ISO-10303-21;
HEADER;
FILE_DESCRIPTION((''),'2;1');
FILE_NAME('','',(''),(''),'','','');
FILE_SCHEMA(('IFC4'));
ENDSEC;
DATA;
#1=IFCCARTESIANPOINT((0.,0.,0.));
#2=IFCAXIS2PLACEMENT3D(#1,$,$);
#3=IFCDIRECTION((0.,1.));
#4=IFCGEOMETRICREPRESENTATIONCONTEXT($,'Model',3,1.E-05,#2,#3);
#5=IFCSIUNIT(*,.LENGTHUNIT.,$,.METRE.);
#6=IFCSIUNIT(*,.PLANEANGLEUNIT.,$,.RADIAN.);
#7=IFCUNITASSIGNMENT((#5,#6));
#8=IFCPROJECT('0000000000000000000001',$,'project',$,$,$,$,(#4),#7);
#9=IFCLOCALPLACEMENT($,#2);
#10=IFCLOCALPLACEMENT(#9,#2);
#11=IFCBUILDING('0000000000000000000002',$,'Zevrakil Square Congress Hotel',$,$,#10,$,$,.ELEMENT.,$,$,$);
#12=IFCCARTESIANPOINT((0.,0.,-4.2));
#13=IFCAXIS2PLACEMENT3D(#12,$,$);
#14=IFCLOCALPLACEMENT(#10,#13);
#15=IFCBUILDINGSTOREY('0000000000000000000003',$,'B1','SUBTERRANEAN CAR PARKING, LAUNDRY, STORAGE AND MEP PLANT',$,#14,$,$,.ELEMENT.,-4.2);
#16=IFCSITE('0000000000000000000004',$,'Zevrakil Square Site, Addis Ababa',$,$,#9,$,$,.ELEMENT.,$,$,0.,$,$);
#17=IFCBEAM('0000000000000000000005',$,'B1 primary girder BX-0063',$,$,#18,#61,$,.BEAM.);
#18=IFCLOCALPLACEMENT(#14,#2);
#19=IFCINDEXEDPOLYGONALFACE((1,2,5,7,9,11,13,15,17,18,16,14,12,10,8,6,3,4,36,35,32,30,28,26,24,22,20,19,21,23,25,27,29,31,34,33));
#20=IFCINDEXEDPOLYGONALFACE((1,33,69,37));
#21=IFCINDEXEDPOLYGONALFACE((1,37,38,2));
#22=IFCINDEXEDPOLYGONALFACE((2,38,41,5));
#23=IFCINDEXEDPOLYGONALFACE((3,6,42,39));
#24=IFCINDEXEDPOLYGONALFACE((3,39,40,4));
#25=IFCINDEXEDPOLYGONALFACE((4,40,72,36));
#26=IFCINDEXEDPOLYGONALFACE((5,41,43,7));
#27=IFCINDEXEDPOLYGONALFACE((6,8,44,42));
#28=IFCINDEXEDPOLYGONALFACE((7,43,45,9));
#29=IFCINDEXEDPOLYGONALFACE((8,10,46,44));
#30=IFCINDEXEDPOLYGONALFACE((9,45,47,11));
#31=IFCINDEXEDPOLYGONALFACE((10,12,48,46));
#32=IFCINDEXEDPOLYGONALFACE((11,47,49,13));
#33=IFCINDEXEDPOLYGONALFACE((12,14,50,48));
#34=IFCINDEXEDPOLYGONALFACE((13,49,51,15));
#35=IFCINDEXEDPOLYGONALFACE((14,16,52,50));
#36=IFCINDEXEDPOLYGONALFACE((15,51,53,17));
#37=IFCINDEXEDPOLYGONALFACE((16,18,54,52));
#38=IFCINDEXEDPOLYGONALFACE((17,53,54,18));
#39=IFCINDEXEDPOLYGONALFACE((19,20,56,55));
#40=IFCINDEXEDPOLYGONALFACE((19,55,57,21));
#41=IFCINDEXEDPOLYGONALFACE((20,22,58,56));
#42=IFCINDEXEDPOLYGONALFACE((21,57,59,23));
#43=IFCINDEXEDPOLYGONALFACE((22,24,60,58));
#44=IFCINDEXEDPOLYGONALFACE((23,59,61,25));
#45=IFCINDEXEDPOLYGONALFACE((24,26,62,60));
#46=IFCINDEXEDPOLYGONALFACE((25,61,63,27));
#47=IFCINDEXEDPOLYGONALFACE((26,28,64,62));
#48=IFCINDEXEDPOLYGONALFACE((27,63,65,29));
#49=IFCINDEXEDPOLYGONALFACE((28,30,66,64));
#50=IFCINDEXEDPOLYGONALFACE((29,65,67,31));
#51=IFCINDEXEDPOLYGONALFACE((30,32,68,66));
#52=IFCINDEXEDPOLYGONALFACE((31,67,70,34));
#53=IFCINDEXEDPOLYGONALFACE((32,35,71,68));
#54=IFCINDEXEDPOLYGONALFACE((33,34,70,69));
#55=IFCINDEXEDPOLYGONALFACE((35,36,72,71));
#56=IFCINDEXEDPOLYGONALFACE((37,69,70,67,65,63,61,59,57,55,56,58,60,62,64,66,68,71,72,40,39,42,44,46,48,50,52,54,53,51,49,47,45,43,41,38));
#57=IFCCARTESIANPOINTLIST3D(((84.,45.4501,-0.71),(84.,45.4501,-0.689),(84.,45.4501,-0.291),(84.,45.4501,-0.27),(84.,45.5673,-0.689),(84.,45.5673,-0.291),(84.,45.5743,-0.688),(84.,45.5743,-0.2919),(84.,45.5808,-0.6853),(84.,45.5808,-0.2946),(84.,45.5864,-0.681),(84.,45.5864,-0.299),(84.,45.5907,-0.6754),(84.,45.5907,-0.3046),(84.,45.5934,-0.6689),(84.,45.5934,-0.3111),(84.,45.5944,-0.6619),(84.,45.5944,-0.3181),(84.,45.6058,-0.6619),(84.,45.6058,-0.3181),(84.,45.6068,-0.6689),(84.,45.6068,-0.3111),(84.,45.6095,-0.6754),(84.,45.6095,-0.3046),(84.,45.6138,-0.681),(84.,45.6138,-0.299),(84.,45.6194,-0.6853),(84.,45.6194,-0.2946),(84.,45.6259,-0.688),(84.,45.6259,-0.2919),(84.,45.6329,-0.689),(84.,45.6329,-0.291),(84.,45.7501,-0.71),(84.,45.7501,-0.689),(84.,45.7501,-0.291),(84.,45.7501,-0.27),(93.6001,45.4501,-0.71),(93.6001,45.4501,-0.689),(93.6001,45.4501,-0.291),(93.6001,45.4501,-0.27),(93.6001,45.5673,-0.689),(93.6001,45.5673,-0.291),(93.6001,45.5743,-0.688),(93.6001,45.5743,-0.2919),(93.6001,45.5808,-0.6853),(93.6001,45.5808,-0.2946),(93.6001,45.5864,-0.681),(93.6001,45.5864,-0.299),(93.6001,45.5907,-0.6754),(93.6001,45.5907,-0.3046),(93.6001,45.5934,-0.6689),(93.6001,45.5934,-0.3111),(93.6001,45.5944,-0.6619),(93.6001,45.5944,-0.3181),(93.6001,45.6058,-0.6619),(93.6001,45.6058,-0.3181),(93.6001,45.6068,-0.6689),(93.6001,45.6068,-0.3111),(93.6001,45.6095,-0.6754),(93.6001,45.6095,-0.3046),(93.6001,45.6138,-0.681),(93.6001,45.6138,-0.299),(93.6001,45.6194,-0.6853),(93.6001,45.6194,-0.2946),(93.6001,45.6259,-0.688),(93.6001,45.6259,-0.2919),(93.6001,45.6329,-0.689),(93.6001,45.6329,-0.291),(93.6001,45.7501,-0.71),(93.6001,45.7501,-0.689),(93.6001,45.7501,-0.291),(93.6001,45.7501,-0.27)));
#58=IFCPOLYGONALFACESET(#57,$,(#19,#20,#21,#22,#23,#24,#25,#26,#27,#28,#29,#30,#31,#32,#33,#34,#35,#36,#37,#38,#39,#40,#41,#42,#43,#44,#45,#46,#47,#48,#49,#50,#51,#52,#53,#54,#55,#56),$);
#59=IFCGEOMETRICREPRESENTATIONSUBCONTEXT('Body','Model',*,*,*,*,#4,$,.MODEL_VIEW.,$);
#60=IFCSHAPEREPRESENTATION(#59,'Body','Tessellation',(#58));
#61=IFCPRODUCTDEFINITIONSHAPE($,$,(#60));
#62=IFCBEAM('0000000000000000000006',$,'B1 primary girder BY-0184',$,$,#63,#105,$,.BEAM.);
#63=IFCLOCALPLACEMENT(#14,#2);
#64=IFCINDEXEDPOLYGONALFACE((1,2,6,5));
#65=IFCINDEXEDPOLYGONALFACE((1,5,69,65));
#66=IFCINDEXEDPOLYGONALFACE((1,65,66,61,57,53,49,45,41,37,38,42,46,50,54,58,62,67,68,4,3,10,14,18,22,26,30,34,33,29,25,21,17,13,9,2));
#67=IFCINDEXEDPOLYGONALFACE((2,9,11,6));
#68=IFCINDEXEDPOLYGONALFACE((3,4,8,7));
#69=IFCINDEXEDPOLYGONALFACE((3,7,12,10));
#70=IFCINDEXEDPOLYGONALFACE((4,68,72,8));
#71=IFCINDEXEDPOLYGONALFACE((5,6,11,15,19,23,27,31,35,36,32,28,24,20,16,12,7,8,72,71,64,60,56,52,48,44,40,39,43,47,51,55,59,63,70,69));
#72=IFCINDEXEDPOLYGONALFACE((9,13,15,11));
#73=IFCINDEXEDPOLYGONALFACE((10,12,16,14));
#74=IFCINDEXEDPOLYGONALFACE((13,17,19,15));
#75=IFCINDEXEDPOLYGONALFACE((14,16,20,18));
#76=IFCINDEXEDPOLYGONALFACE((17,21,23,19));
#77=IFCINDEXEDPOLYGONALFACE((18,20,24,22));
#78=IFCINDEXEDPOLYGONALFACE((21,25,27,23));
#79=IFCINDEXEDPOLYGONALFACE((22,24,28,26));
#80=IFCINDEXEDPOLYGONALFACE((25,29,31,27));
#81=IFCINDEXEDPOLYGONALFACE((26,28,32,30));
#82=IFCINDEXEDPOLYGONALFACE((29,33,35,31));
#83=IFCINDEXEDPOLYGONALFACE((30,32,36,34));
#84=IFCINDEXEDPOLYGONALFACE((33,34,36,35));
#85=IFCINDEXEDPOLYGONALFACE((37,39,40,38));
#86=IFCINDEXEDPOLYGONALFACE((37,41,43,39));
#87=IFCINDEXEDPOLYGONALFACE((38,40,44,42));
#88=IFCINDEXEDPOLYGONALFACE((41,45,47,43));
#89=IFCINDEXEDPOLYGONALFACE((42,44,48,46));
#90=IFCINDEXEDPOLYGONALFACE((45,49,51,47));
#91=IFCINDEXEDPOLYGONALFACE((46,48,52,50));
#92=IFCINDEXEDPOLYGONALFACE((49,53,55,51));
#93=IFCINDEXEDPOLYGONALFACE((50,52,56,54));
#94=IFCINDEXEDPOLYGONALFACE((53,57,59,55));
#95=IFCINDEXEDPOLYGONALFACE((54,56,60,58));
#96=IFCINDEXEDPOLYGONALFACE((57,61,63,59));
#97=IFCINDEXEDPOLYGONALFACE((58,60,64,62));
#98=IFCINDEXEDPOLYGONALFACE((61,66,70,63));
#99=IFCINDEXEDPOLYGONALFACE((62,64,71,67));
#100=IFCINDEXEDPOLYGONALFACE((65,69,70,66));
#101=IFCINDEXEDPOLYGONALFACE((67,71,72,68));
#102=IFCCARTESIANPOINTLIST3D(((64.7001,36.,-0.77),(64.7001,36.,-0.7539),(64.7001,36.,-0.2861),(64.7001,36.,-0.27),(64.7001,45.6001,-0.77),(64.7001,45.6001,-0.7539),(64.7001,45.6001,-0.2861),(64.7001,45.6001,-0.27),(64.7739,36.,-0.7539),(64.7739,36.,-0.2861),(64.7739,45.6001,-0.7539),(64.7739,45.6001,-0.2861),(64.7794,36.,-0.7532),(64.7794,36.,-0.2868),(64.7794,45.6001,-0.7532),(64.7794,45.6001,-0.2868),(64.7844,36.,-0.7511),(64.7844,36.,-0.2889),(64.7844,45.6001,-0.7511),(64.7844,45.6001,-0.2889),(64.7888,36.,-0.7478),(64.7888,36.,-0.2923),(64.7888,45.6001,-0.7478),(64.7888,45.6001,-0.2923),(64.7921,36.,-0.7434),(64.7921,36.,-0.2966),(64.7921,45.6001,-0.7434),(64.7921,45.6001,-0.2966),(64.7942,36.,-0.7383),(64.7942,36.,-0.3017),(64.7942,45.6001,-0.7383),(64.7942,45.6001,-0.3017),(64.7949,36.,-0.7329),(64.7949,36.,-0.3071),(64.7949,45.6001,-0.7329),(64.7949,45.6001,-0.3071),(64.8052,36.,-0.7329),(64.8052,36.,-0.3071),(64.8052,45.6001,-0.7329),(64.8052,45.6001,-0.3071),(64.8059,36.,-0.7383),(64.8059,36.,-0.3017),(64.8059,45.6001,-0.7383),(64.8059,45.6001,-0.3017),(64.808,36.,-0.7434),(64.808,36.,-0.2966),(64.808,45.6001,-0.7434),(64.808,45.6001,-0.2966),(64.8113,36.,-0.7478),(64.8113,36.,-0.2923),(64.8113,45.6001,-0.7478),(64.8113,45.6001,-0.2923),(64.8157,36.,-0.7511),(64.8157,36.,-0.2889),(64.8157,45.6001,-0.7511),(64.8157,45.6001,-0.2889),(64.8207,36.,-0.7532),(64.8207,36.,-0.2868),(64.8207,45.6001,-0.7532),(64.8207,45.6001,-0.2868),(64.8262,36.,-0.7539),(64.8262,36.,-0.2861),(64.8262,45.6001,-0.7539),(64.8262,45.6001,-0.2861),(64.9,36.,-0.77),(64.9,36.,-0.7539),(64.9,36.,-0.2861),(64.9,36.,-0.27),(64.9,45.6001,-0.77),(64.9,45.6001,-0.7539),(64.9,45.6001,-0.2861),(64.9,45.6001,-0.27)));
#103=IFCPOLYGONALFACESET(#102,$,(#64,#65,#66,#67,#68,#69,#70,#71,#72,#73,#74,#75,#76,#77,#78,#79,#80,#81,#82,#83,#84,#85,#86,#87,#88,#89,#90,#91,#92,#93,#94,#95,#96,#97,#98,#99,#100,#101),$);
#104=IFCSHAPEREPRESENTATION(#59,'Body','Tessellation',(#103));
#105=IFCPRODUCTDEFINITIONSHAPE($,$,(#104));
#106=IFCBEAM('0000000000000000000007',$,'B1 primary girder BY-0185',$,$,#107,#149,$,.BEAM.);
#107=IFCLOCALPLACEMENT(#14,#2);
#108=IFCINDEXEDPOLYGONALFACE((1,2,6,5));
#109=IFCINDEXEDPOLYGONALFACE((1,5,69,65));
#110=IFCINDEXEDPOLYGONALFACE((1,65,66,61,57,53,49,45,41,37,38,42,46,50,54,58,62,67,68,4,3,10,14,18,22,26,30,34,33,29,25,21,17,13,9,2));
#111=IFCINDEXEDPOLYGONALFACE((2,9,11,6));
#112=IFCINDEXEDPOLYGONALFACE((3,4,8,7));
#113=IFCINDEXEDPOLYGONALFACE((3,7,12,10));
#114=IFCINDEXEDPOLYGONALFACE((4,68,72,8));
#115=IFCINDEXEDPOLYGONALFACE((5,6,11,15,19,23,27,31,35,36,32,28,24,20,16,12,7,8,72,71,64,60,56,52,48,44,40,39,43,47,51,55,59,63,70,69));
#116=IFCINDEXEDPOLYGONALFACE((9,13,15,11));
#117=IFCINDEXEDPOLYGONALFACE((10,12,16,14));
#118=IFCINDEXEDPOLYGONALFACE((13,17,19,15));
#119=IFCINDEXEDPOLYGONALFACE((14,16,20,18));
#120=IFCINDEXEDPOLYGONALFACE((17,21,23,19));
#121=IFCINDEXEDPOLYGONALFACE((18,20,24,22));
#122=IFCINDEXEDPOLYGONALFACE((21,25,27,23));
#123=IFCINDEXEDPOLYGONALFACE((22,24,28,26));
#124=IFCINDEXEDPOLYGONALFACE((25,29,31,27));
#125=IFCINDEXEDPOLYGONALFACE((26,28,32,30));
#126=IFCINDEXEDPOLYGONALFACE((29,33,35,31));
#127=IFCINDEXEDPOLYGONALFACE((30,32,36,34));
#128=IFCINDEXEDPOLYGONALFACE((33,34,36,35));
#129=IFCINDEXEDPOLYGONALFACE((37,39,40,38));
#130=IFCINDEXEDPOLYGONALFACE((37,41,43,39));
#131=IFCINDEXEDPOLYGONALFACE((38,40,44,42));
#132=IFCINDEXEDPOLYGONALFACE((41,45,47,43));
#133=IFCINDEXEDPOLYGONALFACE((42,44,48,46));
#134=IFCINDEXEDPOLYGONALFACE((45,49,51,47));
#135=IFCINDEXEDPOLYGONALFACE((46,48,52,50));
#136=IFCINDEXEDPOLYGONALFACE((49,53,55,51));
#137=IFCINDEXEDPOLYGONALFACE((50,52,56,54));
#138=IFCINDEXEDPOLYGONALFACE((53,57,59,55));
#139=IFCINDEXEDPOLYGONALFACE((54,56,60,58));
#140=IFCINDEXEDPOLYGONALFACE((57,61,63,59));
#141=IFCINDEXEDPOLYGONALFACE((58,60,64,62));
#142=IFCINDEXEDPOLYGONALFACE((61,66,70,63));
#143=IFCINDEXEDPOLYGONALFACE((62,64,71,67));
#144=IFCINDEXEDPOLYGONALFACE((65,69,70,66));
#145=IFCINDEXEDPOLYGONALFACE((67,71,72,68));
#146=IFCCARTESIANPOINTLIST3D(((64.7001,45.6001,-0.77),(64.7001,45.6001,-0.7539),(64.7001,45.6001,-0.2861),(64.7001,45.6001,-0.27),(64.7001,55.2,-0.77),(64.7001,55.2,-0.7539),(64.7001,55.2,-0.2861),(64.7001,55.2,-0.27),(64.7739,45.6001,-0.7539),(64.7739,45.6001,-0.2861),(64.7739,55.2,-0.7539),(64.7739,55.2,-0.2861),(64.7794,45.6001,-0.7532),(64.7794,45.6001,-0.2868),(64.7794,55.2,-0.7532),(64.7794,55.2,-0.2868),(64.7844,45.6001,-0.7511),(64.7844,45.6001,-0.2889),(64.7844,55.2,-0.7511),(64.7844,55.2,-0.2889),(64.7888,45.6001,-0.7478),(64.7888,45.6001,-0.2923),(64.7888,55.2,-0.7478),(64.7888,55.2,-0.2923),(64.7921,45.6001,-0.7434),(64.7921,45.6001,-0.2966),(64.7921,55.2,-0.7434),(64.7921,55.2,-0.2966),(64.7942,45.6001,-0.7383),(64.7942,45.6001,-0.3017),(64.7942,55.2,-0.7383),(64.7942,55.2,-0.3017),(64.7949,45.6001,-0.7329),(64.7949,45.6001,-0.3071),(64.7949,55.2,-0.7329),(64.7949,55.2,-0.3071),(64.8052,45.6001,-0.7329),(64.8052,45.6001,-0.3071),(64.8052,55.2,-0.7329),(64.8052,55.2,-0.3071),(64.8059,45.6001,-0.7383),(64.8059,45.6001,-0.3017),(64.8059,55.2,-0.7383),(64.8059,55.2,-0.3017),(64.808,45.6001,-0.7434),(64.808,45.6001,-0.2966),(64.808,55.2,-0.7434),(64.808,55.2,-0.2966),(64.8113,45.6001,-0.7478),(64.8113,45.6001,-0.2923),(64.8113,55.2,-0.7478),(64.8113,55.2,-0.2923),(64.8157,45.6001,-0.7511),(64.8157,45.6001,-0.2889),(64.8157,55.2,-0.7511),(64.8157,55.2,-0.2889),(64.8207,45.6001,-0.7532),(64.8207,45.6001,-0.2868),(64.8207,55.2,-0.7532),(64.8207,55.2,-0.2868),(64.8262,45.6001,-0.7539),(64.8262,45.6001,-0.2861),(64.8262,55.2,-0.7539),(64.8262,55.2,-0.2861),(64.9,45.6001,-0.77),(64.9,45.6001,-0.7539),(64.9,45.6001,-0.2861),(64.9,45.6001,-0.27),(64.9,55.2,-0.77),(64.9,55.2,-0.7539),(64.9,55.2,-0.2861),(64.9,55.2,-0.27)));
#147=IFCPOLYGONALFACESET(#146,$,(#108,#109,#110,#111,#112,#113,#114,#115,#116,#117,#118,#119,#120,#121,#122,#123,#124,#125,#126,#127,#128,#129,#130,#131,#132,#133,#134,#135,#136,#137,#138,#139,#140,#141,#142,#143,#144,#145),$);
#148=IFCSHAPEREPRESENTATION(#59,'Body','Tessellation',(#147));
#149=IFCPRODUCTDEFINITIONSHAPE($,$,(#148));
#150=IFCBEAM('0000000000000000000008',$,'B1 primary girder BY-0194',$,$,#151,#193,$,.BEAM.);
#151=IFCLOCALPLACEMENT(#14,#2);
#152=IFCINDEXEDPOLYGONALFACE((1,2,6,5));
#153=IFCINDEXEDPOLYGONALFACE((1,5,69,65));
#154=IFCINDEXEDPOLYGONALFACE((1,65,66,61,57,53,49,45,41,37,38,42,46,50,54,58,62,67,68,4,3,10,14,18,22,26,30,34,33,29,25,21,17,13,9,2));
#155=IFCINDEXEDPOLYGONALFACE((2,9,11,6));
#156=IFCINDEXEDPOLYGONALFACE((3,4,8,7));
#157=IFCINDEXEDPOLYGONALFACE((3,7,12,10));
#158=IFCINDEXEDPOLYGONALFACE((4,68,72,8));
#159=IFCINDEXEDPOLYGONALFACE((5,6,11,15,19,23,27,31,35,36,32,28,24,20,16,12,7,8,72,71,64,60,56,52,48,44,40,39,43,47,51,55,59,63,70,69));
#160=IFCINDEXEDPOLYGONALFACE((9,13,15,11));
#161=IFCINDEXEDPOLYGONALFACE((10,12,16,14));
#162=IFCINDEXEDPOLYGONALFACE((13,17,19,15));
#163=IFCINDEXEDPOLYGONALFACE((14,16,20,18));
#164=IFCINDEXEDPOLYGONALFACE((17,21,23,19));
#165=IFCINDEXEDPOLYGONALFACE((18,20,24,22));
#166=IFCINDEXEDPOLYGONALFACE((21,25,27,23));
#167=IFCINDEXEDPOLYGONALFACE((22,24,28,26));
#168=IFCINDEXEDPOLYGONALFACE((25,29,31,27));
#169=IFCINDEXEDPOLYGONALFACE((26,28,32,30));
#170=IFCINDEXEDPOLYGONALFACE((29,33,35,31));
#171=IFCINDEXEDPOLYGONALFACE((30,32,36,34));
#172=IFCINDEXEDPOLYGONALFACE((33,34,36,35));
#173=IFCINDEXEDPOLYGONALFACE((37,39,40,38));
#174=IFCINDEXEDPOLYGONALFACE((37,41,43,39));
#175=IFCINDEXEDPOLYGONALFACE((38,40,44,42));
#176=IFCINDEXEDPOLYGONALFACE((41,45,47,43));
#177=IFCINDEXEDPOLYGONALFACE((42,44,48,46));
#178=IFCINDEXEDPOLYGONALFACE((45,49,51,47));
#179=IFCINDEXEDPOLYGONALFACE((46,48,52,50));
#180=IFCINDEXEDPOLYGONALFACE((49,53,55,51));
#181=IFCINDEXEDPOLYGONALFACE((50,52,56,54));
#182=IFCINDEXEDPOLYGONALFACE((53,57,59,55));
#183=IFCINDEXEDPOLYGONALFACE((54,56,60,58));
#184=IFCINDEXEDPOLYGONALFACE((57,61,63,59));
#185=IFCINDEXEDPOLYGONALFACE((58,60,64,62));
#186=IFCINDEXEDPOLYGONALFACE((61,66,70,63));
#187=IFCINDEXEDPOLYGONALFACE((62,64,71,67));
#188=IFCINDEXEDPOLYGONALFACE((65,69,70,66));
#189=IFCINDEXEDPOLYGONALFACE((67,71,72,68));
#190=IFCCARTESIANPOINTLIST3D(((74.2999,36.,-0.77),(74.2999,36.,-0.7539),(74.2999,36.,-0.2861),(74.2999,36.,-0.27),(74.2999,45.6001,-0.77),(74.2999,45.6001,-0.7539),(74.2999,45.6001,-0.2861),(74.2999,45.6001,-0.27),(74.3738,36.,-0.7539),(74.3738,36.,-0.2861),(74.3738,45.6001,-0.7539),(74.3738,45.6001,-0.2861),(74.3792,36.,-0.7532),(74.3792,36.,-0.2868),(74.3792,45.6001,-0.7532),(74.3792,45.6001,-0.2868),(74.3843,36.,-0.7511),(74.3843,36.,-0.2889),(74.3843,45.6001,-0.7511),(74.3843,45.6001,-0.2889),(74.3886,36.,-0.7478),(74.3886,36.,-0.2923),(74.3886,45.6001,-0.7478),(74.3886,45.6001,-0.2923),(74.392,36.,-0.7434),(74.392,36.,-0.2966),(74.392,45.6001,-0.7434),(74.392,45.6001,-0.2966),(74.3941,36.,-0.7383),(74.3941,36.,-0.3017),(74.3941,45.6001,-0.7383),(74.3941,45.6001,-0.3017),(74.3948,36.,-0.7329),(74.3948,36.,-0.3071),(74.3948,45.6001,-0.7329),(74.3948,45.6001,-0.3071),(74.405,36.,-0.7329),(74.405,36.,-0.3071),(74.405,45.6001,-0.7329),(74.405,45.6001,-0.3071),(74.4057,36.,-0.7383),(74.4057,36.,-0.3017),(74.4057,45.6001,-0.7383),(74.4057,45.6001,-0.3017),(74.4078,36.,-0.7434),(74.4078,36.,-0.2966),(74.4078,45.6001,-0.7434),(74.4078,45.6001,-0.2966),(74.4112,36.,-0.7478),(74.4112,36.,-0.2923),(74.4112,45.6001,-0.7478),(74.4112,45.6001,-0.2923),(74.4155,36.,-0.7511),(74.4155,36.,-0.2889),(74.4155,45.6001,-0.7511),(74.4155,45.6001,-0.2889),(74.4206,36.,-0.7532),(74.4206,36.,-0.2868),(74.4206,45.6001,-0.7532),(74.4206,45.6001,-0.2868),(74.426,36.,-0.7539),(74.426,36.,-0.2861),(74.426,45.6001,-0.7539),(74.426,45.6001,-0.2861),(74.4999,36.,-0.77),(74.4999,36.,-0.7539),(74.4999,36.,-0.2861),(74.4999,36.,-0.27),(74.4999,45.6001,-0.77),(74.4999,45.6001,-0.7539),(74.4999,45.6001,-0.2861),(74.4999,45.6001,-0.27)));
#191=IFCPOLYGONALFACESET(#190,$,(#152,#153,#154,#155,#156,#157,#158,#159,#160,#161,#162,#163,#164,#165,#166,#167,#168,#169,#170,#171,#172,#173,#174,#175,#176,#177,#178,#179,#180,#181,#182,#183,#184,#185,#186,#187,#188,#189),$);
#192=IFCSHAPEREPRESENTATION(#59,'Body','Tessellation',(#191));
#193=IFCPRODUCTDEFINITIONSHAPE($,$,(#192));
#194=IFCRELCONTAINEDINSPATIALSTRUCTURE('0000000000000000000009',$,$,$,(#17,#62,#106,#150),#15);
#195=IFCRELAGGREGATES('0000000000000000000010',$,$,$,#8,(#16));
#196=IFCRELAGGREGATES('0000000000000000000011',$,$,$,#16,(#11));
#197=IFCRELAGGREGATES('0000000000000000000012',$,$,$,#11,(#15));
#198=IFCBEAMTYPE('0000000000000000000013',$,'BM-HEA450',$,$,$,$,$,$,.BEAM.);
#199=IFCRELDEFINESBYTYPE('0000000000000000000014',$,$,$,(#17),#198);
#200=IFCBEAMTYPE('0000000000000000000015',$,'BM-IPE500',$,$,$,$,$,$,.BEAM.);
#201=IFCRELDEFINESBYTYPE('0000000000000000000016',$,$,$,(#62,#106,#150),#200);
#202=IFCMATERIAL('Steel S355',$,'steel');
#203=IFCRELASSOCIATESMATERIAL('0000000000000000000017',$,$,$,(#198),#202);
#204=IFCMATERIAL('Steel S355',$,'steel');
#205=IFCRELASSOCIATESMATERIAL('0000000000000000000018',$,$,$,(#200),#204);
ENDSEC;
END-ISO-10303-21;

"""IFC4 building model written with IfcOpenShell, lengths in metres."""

from ifc_helpers import new_model, si_unit, direction, frame, origin, origin_2d, place, context, subcontext, project, spatial, i_section, extrude, material, material_profile, profile_set, type_object, element, save


model = new_model("IFC4")

# Units and contexts
model_context = context("Model", 3, precision=1e-05, world=origin(), true_north=direction((0.0, 1.0)))
body_context = subcontext(model_context, "Body", "Model", "MODEL_VIEW")
ifc_project = project(units=[si_unit("LENGTHUNIT", "METRE"), si_unit("PLANEANGLEUNIT", "RADIAN")], contexts=[model_context])

# Site, building, storey
site_placement = place(None, origin())
site = spatial("IfcSite", under=ifc_project, at=site_placement, Name="Zevrakil Square Site, Addis Ababa", CompositionType="ELEMENT", RefElevation=0.0)
building_placement = place(site_placement, origin())
building = spatial("IfcBuilding", under=site, at=building_placement, Name="Zevrakil Square Congress Hotel", CompositionType="ELEMENT")
storey_placement = place(building_placement, frame((0.0, 0.0, -4.2)))
storey = spatial("IfcBuildingStorey", under=building, at=storey_placement, Name="B1", Description="SUBTERRANEAN CAR PARKING, LAUNDRY, STORAGE AND MEP PLANT", CompositionType="ELEMENT", Elevation=-4.2)

# Beams
ifc_material_1 = material(Name="Steel S355", Category="steel")
ifc_material_profile_1 = material_profile(ifc_material_1, i_section(OverallWidth=0.3, OverallDepth=0.4399, WebThickness=0.0115, FlangeThickness=0.021, FilletRadius=0.0271, at=origin_2d()), Name="HEA 450")
ifc_profile_set_1 = profile_set([ifc_material_profile_1], Name="Steel S355")
beam_type_1 = type_object("IfcBeamType", Name="BM-HEA450", PredefinedType="BEAM", material=ifc_profile_set_1)
for number, where, z_axis, x_axis, name in (
    (1, (84.0, 45.6001, -0.49), (1.0, 0.0, 0.0), (0.0, 1.0, 0.0), "B1 primary girder BX-0063"),
):
    element("IfcBeam", number, at=place(storey_placement, frame(where, z_axis=z_axis, x_axis=x_axis)), inside=storey, type_object=beam_type_1, Name=name, PredefinedType="BEAM", context=body_context, shape_type="SweptSolid", body=[
        extrude(i_section(OverallWidth=0.3, OverallDepth=0.4399, WebThickness=0.0115, FlangeThickness=0.021, FilletRadius=0.0271, at=origin_2d()), origin(), (0.0, 0.0, 1.0), 9.6001),
    ])
ifc_material_2 = material(Name="Steel S355", Category="steel")
ifc_material_profile_2 = material_profile(ifc_material_2, i_section(OverallWidth=0.2, OverallDepth=0.5, WebThickness=0.0103, FlangeThickness=0.0161, FilletRadius=0.021, at=origin_2d()), Name="IPE 500")
ifc_profile_set_2 = profile_set([ifc_material_profile_2], Name="Steel S355")
beam_type_2 = type_object("IfcBeamType", Name="BM-IPE500", PredefinedType="BEAM", material=ifc_profile_set_2)
beam_1_placement = place(storey_placement, frame((64.8, 36.0, -0.52), z_axis=(0.0, 1.0, 0.0), x_axis=(-1.0, 0.0, 0.0)))
element("IfcBeam", 2, at=beam_1_placement, inside=storey, type_object=beam_type_2, Name="B1 primary girder BY-0184", PredefinedType="BEAM", context=body_context, shape_type="SweptSolid", body=[
    extrude(i_section(OverallWidth=0.2, OverallDepth=0.5, WebThickness=0.0103, FlangeThickness=0.0161, FilletRadius=0.021, at=origin_2d()), origin(), (0.0, 0.0, 1.0), 9.6001),
])
beam_2_placement = place(storey_placement, frame((64.8, 45.6001, -0.52), z_axis=(0.0, 1.0, 0.0), x_axis=(-1.0, 0.0, 0.0)))
element("IfcBeam", 3, at=beam_2_placement, inside=storey, type_object=beam_type_2, Name="B1 primary girder BY-0185", PredefinedType="BEAM", context=body_context, shape_type="SweptSolid", body=[
    extrude(i_section(OverallWidth=0.2, OverallDepth=0.5, WebThickness=0.0103, FlangeThickness=0.0161, FilletRadius=0.021, at=origin_2d()), origin(), (0.0, 0.0, 1.0), 9.5999),
])
beam_3_placement = place(storey_placement, frame((74.3999, 36.0, -0.52), z_axis=(0.0, 1.0, 0.0), x_axis=(-1.0, 0.0, 0.0)))
element("IfcBeam", 4, at=beam_3_placement, inside=storey, type_object=beam_type_2, Name="B1 primary girder BY-0194", PredefinedType="BEAM", context=body_context, shape_type="SweptSolid", body=[
    extrude(i_section(OverallWidth=0.2, OverallDepth=0.5, WebThickness=0.0103, FlangeThickness=0.0161, FilletRadius=0.021, at=origin_2d()), origin(), (0.0, 0.0, 1.0), 9.6001),
])

save(model, "model.ifc")
